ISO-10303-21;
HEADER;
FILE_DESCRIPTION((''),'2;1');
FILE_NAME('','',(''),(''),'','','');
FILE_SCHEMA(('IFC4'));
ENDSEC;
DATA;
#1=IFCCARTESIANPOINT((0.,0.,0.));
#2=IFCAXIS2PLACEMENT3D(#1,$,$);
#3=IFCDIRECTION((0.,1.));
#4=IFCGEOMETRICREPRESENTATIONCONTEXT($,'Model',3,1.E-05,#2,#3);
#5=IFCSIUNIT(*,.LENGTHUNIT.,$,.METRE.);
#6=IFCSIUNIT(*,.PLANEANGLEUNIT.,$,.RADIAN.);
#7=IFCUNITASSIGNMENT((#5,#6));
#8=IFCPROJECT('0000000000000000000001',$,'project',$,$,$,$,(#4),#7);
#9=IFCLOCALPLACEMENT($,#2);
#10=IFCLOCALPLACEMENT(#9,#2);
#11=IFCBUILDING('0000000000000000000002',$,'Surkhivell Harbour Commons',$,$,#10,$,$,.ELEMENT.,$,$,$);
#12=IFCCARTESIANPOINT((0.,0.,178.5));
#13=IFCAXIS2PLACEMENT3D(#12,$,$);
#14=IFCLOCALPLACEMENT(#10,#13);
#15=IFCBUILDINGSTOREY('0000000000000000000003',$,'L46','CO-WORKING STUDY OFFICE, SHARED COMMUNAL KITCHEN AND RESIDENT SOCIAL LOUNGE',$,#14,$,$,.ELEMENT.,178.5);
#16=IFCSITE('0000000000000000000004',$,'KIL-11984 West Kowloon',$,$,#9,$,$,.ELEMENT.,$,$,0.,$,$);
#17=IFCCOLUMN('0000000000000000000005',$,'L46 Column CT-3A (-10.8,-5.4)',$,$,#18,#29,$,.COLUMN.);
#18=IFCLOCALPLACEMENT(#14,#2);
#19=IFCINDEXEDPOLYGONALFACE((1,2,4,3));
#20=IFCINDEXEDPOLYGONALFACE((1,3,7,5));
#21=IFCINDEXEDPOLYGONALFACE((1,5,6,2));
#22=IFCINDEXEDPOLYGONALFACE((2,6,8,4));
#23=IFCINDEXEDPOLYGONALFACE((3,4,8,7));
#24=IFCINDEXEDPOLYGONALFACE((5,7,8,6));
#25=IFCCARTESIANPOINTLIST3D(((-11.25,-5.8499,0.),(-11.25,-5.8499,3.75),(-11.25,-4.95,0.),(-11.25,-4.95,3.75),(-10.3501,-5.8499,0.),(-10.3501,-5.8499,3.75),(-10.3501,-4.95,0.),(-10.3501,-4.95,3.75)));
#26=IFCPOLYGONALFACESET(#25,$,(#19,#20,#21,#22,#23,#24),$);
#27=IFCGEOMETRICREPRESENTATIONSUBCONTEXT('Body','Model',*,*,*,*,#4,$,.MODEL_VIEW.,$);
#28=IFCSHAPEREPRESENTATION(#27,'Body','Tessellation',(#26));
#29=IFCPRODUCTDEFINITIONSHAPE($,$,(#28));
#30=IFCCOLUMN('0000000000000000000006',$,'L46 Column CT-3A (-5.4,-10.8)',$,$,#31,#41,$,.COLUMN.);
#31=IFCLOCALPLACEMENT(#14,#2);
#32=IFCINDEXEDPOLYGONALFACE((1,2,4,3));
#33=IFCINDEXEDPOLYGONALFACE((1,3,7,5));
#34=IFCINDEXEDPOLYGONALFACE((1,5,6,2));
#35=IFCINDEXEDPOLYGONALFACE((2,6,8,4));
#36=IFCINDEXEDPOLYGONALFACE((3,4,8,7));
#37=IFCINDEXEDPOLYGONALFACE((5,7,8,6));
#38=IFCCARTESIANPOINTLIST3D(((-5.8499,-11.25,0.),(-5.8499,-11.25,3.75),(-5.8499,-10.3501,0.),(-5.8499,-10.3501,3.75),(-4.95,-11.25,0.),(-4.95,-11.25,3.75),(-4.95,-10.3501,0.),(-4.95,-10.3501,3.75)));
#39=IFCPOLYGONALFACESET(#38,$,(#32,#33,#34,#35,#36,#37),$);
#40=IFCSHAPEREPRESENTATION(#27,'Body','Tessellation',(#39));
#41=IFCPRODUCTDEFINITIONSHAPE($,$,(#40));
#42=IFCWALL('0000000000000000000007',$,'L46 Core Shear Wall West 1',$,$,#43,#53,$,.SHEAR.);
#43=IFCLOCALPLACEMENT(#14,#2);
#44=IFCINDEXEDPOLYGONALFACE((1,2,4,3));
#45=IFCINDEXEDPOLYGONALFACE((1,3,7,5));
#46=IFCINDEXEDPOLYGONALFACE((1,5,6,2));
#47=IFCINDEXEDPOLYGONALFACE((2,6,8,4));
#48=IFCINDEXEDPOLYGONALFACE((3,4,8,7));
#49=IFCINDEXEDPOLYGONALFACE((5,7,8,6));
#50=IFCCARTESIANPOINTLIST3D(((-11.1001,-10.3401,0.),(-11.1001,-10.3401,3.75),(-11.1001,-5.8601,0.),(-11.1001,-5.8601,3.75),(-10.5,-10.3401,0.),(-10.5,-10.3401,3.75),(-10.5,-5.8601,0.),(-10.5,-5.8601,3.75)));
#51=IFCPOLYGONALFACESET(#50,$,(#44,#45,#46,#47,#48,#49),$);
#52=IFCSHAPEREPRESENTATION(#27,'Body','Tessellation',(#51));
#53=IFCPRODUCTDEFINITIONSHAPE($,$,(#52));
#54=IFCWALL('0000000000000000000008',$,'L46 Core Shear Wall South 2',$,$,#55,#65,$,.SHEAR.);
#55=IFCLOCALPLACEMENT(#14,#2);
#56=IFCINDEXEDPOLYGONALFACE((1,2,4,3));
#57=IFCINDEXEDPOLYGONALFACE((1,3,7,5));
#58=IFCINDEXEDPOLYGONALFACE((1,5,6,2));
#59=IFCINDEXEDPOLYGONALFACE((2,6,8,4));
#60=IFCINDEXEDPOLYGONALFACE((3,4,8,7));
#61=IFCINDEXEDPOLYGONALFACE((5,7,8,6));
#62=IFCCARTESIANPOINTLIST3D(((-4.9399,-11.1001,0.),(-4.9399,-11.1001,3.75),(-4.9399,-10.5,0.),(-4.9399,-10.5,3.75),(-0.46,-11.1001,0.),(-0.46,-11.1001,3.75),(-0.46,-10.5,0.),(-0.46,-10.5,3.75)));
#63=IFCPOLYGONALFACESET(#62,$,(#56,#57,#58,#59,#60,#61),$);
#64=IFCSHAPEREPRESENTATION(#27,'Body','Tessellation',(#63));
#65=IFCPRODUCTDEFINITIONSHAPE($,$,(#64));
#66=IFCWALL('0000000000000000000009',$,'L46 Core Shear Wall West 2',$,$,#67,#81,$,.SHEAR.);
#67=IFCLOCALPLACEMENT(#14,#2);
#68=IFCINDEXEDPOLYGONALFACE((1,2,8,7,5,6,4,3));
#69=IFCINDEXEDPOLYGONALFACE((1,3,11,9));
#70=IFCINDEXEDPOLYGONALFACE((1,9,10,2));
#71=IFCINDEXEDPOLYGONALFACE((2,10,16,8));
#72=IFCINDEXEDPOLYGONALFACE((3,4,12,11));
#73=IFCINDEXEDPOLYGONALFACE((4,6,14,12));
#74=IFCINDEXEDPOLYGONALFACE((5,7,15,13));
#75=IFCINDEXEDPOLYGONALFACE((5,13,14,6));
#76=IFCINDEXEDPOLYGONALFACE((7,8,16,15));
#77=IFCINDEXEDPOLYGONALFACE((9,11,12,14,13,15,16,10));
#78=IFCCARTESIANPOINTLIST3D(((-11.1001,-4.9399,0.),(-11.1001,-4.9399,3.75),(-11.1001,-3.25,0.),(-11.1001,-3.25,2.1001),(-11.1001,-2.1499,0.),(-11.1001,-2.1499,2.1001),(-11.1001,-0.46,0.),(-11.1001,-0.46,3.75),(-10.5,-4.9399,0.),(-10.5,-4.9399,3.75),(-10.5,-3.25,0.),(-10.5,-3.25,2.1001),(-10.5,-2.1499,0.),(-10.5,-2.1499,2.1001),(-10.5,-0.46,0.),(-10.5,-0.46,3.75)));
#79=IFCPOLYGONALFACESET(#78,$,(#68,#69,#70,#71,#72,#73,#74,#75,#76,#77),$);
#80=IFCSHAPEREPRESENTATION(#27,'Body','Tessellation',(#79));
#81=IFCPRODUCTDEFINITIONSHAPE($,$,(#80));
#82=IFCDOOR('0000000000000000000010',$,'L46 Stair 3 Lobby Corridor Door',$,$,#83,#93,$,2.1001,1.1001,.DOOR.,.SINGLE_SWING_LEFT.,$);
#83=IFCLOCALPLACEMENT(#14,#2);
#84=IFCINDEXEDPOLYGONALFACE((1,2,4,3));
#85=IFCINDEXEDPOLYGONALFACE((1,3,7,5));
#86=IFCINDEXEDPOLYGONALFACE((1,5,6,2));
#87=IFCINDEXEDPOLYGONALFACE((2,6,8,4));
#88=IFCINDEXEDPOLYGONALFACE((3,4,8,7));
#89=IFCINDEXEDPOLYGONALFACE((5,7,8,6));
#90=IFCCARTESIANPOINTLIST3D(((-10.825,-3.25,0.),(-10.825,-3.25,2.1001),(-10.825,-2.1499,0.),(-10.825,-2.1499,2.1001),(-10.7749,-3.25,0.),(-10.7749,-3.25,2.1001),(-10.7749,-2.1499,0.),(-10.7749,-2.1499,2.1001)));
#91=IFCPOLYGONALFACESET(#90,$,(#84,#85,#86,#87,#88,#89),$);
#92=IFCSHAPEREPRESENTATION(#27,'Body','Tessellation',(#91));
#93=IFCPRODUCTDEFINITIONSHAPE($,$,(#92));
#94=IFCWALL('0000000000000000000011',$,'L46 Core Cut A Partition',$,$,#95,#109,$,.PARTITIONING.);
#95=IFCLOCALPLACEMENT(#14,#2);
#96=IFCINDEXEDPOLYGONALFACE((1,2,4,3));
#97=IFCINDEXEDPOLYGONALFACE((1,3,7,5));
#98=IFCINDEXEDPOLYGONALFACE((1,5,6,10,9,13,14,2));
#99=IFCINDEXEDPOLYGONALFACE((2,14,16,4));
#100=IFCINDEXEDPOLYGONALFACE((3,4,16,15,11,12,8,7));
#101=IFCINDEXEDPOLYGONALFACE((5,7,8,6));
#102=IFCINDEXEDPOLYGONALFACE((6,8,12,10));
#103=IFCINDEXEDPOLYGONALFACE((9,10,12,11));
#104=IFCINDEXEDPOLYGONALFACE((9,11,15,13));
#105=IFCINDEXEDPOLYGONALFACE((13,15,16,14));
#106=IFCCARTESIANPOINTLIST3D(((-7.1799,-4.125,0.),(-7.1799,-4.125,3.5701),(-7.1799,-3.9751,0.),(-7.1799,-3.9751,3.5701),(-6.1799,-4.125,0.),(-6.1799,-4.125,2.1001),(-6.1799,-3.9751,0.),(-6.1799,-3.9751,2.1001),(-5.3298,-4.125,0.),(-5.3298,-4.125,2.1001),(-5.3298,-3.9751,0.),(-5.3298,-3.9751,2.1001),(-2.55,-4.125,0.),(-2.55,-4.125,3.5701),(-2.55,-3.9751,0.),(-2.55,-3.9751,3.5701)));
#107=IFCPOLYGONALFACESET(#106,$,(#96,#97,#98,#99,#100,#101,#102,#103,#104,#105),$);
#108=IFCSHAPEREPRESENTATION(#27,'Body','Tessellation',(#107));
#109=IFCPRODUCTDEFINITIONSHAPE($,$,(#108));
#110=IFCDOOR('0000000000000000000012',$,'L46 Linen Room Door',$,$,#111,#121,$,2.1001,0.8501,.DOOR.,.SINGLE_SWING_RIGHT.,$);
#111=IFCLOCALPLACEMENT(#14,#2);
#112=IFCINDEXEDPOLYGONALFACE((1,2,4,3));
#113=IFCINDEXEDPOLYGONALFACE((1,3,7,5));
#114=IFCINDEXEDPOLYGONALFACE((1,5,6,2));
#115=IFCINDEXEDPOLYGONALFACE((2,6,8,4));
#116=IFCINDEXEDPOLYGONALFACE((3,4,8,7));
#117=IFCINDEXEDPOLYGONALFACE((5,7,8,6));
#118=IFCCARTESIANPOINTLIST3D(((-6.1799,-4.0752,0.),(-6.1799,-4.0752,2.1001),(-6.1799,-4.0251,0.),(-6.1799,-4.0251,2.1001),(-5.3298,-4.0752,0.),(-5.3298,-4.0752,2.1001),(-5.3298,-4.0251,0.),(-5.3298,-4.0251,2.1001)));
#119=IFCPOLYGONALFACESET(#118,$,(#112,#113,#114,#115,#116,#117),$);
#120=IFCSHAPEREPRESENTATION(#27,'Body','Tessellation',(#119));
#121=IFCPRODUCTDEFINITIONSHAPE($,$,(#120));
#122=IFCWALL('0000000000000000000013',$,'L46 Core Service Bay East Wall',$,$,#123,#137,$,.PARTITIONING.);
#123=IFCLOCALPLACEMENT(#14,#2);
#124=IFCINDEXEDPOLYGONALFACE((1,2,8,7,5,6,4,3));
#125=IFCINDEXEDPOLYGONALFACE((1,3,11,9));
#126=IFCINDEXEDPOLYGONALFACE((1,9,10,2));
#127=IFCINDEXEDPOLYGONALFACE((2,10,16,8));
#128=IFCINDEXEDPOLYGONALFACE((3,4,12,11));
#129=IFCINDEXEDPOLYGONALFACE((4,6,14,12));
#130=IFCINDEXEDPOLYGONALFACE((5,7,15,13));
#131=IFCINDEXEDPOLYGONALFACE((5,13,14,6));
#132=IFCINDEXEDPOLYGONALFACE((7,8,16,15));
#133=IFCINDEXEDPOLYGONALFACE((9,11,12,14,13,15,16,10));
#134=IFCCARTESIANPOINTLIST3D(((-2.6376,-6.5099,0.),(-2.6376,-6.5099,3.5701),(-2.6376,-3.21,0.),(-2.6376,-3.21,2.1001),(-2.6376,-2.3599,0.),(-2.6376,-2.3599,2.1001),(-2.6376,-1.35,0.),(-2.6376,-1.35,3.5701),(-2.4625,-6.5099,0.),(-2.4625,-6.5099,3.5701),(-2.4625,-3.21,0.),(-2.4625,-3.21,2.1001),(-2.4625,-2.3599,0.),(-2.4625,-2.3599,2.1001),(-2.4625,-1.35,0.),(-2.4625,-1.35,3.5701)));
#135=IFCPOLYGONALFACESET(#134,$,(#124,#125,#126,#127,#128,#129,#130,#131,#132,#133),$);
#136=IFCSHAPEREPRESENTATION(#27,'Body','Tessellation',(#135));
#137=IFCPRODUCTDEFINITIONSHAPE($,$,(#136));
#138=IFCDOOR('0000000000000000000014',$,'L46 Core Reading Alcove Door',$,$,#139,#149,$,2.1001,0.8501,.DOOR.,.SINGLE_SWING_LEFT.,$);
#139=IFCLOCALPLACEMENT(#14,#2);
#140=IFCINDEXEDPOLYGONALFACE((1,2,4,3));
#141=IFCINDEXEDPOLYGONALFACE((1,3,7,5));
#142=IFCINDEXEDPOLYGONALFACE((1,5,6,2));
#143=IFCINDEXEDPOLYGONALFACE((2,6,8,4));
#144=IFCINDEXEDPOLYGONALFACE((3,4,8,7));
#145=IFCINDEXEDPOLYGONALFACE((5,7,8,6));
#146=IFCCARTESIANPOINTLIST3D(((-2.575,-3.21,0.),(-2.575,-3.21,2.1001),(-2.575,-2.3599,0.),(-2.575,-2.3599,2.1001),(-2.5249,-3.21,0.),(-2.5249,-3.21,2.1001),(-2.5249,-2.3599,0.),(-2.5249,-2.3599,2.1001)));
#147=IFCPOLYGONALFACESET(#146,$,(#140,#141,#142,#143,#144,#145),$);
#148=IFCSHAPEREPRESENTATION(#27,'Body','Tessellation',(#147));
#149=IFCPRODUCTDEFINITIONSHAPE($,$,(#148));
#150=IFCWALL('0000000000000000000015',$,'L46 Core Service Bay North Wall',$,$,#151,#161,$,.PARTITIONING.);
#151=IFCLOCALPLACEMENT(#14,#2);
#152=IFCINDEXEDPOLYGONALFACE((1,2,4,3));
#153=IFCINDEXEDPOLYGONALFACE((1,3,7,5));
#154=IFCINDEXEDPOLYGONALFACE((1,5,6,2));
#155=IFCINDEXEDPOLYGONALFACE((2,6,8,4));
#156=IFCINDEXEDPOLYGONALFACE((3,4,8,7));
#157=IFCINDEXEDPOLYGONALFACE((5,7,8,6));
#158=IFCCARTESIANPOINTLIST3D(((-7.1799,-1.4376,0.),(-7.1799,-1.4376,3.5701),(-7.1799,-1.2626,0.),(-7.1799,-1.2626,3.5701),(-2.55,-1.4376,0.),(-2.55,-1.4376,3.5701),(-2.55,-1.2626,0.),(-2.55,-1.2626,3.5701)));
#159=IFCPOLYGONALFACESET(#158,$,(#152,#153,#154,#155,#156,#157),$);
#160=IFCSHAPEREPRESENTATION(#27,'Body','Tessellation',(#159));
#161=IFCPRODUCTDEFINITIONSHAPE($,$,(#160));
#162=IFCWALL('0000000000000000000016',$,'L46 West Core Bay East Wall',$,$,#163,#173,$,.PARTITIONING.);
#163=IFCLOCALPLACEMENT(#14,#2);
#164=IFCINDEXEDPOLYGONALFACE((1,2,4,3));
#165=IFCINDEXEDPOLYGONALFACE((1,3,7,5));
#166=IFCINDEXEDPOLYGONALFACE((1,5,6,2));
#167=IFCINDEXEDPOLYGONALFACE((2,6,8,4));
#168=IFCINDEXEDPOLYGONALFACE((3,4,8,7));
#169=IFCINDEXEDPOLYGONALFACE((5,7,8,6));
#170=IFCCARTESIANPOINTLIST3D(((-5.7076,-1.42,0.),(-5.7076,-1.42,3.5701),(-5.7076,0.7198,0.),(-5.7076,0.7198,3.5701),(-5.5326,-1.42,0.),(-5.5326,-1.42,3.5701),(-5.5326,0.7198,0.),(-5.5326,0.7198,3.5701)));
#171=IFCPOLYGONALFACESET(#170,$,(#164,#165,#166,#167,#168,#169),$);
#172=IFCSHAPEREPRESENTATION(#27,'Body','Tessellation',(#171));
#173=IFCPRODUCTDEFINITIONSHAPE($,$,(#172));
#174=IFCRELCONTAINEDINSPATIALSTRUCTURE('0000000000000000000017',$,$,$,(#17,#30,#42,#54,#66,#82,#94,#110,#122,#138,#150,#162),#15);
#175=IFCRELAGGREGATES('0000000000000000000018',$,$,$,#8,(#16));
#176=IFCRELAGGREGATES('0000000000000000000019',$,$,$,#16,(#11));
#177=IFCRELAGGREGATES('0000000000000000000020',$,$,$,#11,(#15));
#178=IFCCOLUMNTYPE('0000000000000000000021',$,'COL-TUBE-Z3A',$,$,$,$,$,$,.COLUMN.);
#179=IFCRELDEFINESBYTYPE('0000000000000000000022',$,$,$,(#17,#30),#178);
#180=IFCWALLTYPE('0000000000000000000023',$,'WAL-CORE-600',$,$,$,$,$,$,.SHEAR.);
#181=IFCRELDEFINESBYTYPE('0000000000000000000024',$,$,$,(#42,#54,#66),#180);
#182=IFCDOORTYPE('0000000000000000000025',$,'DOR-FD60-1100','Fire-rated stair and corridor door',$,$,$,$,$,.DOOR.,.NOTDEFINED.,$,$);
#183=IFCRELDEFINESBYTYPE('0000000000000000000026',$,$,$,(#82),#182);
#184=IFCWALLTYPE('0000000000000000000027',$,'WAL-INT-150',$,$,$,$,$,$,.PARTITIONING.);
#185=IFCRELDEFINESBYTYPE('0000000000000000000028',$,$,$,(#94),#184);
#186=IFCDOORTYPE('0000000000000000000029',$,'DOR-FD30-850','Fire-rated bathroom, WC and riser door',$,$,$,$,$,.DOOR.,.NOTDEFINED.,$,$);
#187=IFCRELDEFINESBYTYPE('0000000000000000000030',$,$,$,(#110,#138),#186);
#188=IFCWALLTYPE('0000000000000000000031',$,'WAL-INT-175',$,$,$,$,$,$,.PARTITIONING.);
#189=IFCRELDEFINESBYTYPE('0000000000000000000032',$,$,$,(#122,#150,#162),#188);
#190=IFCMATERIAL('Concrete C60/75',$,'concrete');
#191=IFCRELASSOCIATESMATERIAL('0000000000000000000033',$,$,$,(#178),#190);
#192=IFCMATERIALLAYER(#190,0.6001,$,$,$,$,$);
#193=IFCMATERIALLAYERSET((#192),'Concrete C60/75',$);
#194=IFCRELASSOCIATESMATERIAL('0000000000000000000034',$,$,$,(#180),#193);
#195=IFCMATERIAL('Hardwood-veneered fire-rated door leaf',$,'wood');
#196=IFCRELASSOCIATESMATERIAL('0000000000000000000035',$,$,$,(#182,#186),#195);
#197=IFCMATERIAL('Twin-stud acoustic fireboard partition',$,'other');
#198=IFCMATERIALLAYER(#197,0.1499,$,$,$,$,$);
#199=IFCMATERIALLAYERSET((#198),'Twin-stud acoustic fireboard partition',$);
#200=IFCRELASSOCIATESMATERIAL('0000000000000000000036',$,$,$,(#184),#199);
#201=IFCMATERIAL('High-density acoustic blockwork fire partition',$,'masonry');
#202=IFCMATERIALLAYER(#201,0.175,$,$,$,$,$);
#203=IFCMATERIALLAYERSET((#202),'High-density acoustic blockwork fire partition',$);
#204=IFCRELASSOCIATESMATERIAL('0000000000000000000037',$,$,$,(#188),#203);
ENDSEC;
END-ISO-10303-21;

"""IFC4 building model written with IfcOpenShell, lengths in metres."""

from ifc_helpers import new_model, si_unit, direction, frame, frame_2d, origin, origin_2d, place, context, subcontext, project, spatial, rectangle, extrude, material, layer, layer_set, material_profile, profile_set, type_object, element, fill, save


model = new_model("IFC4")

# Units and contexts
model_context = context("Model", 3, precision=1e-05, world=origin(), true_north=direction((0.0, 1.0)))
body_context = subcontext(model_context, "Body", "Model", "MODEL_VIEW")
ifc_project = project(units=[si_unit("LENGTHUNIT", "METRE"), si_unit("PLANEANGLEUNIT", "RADIAN")], contexts=[model_context])

# Site, building, storey
site_placement = place(None, origin())
site = spatial("IfcSite", under=ifc_project, at=site_placement, Name="KIL-11984 West Kowloon", CompositionType="ELEMENT", RefElevation=0.0)
building_placement = place(site_placement, origin())
building = spatial("IfcBuilding", under=site, at=building_placement, Name="Surkhivell Harbour Commons", CompositionType="ELEMENT")
storey_placement = place(building_placement, frame((0.0, 0.0, 178.5)))
storey = spatial("IfcBuildingStorey", under=building, at=storey_placement, Name="L46", Description="CO-WORKING STUDY OFFICE, SHARED COMMUNAL KITCHEN AND RESIDENT SOCIAL LOUNGE", CompositionType="ELEMENT", Elevation=178.5)

# Columns
ifc_material_1 = material(Name="Concrete C60/75", Category="concrete")
ifc_material_profile = material_profile(ifc_material_1, rectangle(XDim=0.8999, YDim=0.8999, at=origin_2d()), Name="RC-COL-900x900")
ifc_profile_set = profile_set([ifc_material_profile], Name="Concrete C60/75")
column_type = type_object("IfcColumnType", Name="COL-TUBE-Z3A", PredefinedType="COLUMN", material=ifc_profile_set)
for number, where, z_axis, x_axis, name in (
    (1, (-10.8, -5.3999, 0.0), (0.0, 0.0, 1.0), (1.0, 0.0, 0.0), "L46 Column CT-3A (-10.8,-5.4)"),
    (2, (-5.3999, -10.8, 0.0), (0.0, 0.0, 1.0), (1.0, 0.0, 0.0), "L46 Column CT-3A (-5.4,-10.8)"),
):
    element("IfcColumn", number, at=place(storey_placement, frame(where, z_axis=z_axis, x_axis=x_axis)), inside=storey, type_object=column_type, Name=name, PredefinedType="COLUMN", context=body_context, shape_type="SweptSolid", body=[
        extrude(rectangle(XDim=0.8999, YDim=0.8999, at=origin_2d()), origin(), (0.0, 0.0, 1.0), 3.75),
    ])

# Walls
ifc_layer_1 = layer(ifc_material_1, 0.6001)
ifc_layer_set_1 = layer_set([ifc_layer_1], Name="Concrete C60/75")
wall_type_1 = type_object("IfcWallType", Name="WAL-CORE-600", PredefinedType="SHEAR", material=ifc_layer_set_1)
for number, where, z_axis, x_axis, name in (
    (3, (-10.8, -10.3401, 0.0), (0.0, 0.0, 1.0), (0.0, 1.0, 0.0), "L46 Core Shear Wall West 1"),
    (4, (-4.9399, -10.8, 0.0), (0.0, 0.0, 1.0), (1.0, 0.0, 0.0), "L46 Core Shear Wall South 2"),
):
    element("IfcWall", number, at=place(storey_placement, frame(where, z_axis=z_axis, x_axis=x_axis)), inside=storey, type_object=wall_type_1, Name=name, PredefinedType="SHEAR", context=body_context, shape_type="SweptSolid", body=[
        extrude(rectangle(XDim=4.48, YDim=0.6001, at=frame_2d((2.24, 0.0))), origin(), (0.0, 0.0, 1.0), 3.75),
    ])

# Walls, openings, doors
wall_1_placement = place(storey_placement, frame((-10.8, -4.9399, 0.0), z_axis=(0.0, 0.0, 1.0), x_axis=(0.0, 1.0, 0.0)))
wall_1 = element("IfcWall", 5, at=wall_1_placement, inside=storey, type_object=wall_type_1, Name="L46 Core Shear Wall West 2", PredefinedType="SHEAR", context=body_context, shape_type="SweptSolid", body=[
    extrude(rectangle(XDim=4.48, YDim=0.6001, at=frame_2d((2.24, 0.0))), origin(), (0.0, 0.0, 1.0), 3.75),
])
opening_1_placement = place(wall_1_placement, frame((1.6899, 0.0, 0.0)))
opening_1 = element("IfcOpeningElement", 6, at=opening_1_placement, cuts=wall_1, PredefinedType="OPENING", context=body_context, shape_type="SweptSolid", body=[
    extrude(rectangle(XDim=1.1001, YDim=2.1001, at=frame_2d((0.55, 1.05))), frame((0.0, 0.3101, 0.0), z_axis=(0.0, -1.0, 0.0), x_axis=(1.0, 0.0, 0.0)), (0.0, 0.0, 1.0), 0.6201),
])
ifc_material_2 = material(Name="Hardwood-veneered fire-rated door leaf", Category="wood")
door_type_1 = type_object("IfcDoorType", Name="DOR-FD60-1100", Description="Fire-rated stair and corridor door", OperationType="NOTDEFINED", PredefinedType="DOOR", material=ifc_material_2)
door_1_placement = place(opening_1_placement, origin())
door_1 = element("IfcDoor", 7, at=door_1_placement, inside=storey, type_object=door_type_1, Name="L46 Stair 3 Lobby Corridor Door", OperationType="SINGLE_SWING_LEFT", OverallHeight=2.1001, OverallWidth=1.1001, PredefinedType="DOOR", context=body_context, shape_type="SweptSolid", body=[
    extrude(rectangle(XDim=1.1001, YDim=2.1001, at=frame_2d((0.55, 1.05))), frame((0.0, 0.0249, 0.0), z_axis=(0.0, -1.0, 0.0), x_axis=(1.0, 0.0, 0.0)), (0.0, 0.0, 1.0), 0.05),
])
fill(opening_1, door_1)
ifc_material_3 = material(Name="Twin-stud acoustic fireboard partition", Category="other")
ifc_layer_2 = layer(ifc_material_3, 0.1499)
ifc_layer_set_2 = layer_set([ifc_layer_2], Name="Twin-stud acoustic fireboard partition")
wall_type_2 = type_object("IfcWallType", Name="WAL-INT-150", PredefinedType="PARTITIONING", material=ifc_layer_set_2)
wall_2_placement = place(storey_placement, frame((-7.1799, -4.05, 0.0), z_axis=(0.0, 0.0, 1.0), x_axis=(1.0, 0.0, 0.0)))
wall_2 = element("IfcWall", 8, at=wall_2_placement, inside=storey, type_object=wall_type_2, Name="L46 Core Cut A Partition", PredefinedType="PARTITIONING", context=body_context, shape_type="SweptSolid", body=[
    extrude(rectangle(XDim=4.6299, YDim=0.1499, at=frame_2d((2.3149, 0.0))), origin(), (0.0, 0.0, 1.0), 3.5701),
])
opening_2_placement = place(wall_2_placement, frame((1.0, 0.0, 0.0)))
opening_2 = element("IfcOpeningElement", 9, at=opening_2_placement, cuts=wall_2, PredefinedType="OPENING", context=body_context, shape_type="SweptSolid", body=[
    extrude(rectangle(XDim=0.8501, YDim=2.1001, at=frame_2d((0.425, 1.05))), frame((0.0, 0.085, 0.0), z_axis=(0.0, -1.0, 0.0), x_axis=(1.0, 0.0, 0.0)), (0.0, 0.0, 1.0), 0.1699),
])
door_type_2 = type_object("IfcDoorType", Name="DOR-FD30-850", Description="Fire-rated bathroom, WC and riser door", OperationType="NOTDEFINED", PredefinedType="DOOR", material=ifc_material_2)
door_2_placement = place(opening_2_placement, origin())
door_2 = element("IfcDoor", 10, at=door_2_placement, inside=storey, type_object=door_type_2, Name="L46 Linen Room Door", OperationType="SINGLE_SWING_RIGHT", OverallHeight=2.1001, OverallWidth=0.8501, PredefinedType="DOOR", context=body_context, shape_type="SweptSolid", body=[
    extrude(rectangle(XDim=0.8501, YDim=2.1001, at=frame_2d((0.425, 1.05))), frame((0.0, 0.0249, 0.0), z_axis=(0.0, -1.0, 0.0), x_axis=(1.0, 0.0, 0.0)), (0.0, 0.0, 1.0), 0.05),
])
fill(opening_2, door_2)
ifc_material_4 = material(Name="High-density acoustic blockwork fire partition", Category="masonry")
ifc_layer_3 = layer(ifc_material_4, 0.175)
ifc_layer_set_3 = layer_set([ifc_layer_3], Name="High-density acoustic blockwork fire partition")
wall_type_3 = type_object("IfcWallType", Name="WAL-INT-175", PredefinedType="PARTITIONING", material=ifc_layer_set_3)
wall_3_placement = place(storey_placement, frame((-2.55, -6.51, 0.0), z_axis=(0.0, 0.0, 1.0), x_axis=(0.0, 1.0, 0.0)))
wall_3 = element("IfcWall", 11, at=wall_3_placement, inside=storey, type_object=wall_type_3, Name="L46 Core Service Bay East Wall", PredefinedType="PARTITIONING", context=body_context, shape_type="SweptSolid", body=[
    extrude(rectangle(XDim=5.1599, YDim=0.175, at=frame_2d((2.5801, 0.0))), origin(), (0.0, 0.0, 1.0), 3.5701),
])
opening_3_placement = place(wall_3_placement, frame((3.3, 0.0, 0.0)))
opening_3 = element("IfcOpeningElement", 12, at=opening_3_placement, cuts=wall_3, PredefinedType="OPENING", context=body_context, shape_type="SweptSolid", body=[
    extrude(rectangle(XDim=0.8501, YDim=2.1001, at=frame_2d((0.425, 1.05))), frame((0.0, 0.0974, 0.0), z_axis=(0.0, -1.0, 0.0), x_axis=(1.0, 0.0, 0.0)), (0.0, 0.0, 1.0), 0.1951),
])
door_3_placement = place(opening_3_placement, origin())
door_3 = element("IfcDoor", 13, at=door_3_placement, inside=storey, type_object=door_type_2, Name="L46 Core Reading Alcove Door", OperationType="SINGLE_SWING_LEFT", OverallHeight=2.1001, OverallWidth=0.8501, PredefinedType="DOOR", context=body_context, shape_type="SweptSolid", body=[
    extrude(rectangle(XDim=0.8501, YDim=2.1001, at=frame_2d((0.425, 1.05))), frame((0.0, 0.0249, 0.0), z_axis=(0.0, -1.0, 0.0), x_axis=(1.0, 0.0, 0.0)), (0.0, 0.0, 1.0), 0.05),
])
fill(opening_3, door_3)

# Walls
wall_4_placement = place(storey_placement, frame((-7.1799, -1.3501, 0.0), z_axis=(0.0, 0.0, 1.0), x_axis=(1.0, 0.0, 0.0)))
element("IfcWall", 14, at=wall_4_placement, inside=storey, type_object=wall_type_3, Name="L46 Core Service Bay North Wall", PredefinedType="PARTITIONING", context=body_context, shape_type="SweptSolid", body=[
    extrude(rectangle(XDim=4.6299, YDim=0.175, at=frame_2d((2.3149, 0.0))), origin(), (0.0, 0.0, 1.0), 3.5701),
])
wall_5_placement = place(storey_placement, frame((-5.6201, -1.4199, 0.0), z_axis=(0.0, 0.0, 1.0), x_axis=(0.0, 1.0, 0.0)))
element("IfcWall", 15, at=wall_5_placement, inside=storey, type_object=wall_type_3, Name="L46 West Core Bay East Wall", PredefinedType="PARTITIONING", context=body_context, shape_type="SweptSolid", body=[
    extrude(rectangle(XDim=2.1399, YDim=0.175, at=frame_2d((1.0698, 0.0))), origin(), (0.0, 0.0, 1.0), 3.5701),
])

save(model, "model.ifc")
